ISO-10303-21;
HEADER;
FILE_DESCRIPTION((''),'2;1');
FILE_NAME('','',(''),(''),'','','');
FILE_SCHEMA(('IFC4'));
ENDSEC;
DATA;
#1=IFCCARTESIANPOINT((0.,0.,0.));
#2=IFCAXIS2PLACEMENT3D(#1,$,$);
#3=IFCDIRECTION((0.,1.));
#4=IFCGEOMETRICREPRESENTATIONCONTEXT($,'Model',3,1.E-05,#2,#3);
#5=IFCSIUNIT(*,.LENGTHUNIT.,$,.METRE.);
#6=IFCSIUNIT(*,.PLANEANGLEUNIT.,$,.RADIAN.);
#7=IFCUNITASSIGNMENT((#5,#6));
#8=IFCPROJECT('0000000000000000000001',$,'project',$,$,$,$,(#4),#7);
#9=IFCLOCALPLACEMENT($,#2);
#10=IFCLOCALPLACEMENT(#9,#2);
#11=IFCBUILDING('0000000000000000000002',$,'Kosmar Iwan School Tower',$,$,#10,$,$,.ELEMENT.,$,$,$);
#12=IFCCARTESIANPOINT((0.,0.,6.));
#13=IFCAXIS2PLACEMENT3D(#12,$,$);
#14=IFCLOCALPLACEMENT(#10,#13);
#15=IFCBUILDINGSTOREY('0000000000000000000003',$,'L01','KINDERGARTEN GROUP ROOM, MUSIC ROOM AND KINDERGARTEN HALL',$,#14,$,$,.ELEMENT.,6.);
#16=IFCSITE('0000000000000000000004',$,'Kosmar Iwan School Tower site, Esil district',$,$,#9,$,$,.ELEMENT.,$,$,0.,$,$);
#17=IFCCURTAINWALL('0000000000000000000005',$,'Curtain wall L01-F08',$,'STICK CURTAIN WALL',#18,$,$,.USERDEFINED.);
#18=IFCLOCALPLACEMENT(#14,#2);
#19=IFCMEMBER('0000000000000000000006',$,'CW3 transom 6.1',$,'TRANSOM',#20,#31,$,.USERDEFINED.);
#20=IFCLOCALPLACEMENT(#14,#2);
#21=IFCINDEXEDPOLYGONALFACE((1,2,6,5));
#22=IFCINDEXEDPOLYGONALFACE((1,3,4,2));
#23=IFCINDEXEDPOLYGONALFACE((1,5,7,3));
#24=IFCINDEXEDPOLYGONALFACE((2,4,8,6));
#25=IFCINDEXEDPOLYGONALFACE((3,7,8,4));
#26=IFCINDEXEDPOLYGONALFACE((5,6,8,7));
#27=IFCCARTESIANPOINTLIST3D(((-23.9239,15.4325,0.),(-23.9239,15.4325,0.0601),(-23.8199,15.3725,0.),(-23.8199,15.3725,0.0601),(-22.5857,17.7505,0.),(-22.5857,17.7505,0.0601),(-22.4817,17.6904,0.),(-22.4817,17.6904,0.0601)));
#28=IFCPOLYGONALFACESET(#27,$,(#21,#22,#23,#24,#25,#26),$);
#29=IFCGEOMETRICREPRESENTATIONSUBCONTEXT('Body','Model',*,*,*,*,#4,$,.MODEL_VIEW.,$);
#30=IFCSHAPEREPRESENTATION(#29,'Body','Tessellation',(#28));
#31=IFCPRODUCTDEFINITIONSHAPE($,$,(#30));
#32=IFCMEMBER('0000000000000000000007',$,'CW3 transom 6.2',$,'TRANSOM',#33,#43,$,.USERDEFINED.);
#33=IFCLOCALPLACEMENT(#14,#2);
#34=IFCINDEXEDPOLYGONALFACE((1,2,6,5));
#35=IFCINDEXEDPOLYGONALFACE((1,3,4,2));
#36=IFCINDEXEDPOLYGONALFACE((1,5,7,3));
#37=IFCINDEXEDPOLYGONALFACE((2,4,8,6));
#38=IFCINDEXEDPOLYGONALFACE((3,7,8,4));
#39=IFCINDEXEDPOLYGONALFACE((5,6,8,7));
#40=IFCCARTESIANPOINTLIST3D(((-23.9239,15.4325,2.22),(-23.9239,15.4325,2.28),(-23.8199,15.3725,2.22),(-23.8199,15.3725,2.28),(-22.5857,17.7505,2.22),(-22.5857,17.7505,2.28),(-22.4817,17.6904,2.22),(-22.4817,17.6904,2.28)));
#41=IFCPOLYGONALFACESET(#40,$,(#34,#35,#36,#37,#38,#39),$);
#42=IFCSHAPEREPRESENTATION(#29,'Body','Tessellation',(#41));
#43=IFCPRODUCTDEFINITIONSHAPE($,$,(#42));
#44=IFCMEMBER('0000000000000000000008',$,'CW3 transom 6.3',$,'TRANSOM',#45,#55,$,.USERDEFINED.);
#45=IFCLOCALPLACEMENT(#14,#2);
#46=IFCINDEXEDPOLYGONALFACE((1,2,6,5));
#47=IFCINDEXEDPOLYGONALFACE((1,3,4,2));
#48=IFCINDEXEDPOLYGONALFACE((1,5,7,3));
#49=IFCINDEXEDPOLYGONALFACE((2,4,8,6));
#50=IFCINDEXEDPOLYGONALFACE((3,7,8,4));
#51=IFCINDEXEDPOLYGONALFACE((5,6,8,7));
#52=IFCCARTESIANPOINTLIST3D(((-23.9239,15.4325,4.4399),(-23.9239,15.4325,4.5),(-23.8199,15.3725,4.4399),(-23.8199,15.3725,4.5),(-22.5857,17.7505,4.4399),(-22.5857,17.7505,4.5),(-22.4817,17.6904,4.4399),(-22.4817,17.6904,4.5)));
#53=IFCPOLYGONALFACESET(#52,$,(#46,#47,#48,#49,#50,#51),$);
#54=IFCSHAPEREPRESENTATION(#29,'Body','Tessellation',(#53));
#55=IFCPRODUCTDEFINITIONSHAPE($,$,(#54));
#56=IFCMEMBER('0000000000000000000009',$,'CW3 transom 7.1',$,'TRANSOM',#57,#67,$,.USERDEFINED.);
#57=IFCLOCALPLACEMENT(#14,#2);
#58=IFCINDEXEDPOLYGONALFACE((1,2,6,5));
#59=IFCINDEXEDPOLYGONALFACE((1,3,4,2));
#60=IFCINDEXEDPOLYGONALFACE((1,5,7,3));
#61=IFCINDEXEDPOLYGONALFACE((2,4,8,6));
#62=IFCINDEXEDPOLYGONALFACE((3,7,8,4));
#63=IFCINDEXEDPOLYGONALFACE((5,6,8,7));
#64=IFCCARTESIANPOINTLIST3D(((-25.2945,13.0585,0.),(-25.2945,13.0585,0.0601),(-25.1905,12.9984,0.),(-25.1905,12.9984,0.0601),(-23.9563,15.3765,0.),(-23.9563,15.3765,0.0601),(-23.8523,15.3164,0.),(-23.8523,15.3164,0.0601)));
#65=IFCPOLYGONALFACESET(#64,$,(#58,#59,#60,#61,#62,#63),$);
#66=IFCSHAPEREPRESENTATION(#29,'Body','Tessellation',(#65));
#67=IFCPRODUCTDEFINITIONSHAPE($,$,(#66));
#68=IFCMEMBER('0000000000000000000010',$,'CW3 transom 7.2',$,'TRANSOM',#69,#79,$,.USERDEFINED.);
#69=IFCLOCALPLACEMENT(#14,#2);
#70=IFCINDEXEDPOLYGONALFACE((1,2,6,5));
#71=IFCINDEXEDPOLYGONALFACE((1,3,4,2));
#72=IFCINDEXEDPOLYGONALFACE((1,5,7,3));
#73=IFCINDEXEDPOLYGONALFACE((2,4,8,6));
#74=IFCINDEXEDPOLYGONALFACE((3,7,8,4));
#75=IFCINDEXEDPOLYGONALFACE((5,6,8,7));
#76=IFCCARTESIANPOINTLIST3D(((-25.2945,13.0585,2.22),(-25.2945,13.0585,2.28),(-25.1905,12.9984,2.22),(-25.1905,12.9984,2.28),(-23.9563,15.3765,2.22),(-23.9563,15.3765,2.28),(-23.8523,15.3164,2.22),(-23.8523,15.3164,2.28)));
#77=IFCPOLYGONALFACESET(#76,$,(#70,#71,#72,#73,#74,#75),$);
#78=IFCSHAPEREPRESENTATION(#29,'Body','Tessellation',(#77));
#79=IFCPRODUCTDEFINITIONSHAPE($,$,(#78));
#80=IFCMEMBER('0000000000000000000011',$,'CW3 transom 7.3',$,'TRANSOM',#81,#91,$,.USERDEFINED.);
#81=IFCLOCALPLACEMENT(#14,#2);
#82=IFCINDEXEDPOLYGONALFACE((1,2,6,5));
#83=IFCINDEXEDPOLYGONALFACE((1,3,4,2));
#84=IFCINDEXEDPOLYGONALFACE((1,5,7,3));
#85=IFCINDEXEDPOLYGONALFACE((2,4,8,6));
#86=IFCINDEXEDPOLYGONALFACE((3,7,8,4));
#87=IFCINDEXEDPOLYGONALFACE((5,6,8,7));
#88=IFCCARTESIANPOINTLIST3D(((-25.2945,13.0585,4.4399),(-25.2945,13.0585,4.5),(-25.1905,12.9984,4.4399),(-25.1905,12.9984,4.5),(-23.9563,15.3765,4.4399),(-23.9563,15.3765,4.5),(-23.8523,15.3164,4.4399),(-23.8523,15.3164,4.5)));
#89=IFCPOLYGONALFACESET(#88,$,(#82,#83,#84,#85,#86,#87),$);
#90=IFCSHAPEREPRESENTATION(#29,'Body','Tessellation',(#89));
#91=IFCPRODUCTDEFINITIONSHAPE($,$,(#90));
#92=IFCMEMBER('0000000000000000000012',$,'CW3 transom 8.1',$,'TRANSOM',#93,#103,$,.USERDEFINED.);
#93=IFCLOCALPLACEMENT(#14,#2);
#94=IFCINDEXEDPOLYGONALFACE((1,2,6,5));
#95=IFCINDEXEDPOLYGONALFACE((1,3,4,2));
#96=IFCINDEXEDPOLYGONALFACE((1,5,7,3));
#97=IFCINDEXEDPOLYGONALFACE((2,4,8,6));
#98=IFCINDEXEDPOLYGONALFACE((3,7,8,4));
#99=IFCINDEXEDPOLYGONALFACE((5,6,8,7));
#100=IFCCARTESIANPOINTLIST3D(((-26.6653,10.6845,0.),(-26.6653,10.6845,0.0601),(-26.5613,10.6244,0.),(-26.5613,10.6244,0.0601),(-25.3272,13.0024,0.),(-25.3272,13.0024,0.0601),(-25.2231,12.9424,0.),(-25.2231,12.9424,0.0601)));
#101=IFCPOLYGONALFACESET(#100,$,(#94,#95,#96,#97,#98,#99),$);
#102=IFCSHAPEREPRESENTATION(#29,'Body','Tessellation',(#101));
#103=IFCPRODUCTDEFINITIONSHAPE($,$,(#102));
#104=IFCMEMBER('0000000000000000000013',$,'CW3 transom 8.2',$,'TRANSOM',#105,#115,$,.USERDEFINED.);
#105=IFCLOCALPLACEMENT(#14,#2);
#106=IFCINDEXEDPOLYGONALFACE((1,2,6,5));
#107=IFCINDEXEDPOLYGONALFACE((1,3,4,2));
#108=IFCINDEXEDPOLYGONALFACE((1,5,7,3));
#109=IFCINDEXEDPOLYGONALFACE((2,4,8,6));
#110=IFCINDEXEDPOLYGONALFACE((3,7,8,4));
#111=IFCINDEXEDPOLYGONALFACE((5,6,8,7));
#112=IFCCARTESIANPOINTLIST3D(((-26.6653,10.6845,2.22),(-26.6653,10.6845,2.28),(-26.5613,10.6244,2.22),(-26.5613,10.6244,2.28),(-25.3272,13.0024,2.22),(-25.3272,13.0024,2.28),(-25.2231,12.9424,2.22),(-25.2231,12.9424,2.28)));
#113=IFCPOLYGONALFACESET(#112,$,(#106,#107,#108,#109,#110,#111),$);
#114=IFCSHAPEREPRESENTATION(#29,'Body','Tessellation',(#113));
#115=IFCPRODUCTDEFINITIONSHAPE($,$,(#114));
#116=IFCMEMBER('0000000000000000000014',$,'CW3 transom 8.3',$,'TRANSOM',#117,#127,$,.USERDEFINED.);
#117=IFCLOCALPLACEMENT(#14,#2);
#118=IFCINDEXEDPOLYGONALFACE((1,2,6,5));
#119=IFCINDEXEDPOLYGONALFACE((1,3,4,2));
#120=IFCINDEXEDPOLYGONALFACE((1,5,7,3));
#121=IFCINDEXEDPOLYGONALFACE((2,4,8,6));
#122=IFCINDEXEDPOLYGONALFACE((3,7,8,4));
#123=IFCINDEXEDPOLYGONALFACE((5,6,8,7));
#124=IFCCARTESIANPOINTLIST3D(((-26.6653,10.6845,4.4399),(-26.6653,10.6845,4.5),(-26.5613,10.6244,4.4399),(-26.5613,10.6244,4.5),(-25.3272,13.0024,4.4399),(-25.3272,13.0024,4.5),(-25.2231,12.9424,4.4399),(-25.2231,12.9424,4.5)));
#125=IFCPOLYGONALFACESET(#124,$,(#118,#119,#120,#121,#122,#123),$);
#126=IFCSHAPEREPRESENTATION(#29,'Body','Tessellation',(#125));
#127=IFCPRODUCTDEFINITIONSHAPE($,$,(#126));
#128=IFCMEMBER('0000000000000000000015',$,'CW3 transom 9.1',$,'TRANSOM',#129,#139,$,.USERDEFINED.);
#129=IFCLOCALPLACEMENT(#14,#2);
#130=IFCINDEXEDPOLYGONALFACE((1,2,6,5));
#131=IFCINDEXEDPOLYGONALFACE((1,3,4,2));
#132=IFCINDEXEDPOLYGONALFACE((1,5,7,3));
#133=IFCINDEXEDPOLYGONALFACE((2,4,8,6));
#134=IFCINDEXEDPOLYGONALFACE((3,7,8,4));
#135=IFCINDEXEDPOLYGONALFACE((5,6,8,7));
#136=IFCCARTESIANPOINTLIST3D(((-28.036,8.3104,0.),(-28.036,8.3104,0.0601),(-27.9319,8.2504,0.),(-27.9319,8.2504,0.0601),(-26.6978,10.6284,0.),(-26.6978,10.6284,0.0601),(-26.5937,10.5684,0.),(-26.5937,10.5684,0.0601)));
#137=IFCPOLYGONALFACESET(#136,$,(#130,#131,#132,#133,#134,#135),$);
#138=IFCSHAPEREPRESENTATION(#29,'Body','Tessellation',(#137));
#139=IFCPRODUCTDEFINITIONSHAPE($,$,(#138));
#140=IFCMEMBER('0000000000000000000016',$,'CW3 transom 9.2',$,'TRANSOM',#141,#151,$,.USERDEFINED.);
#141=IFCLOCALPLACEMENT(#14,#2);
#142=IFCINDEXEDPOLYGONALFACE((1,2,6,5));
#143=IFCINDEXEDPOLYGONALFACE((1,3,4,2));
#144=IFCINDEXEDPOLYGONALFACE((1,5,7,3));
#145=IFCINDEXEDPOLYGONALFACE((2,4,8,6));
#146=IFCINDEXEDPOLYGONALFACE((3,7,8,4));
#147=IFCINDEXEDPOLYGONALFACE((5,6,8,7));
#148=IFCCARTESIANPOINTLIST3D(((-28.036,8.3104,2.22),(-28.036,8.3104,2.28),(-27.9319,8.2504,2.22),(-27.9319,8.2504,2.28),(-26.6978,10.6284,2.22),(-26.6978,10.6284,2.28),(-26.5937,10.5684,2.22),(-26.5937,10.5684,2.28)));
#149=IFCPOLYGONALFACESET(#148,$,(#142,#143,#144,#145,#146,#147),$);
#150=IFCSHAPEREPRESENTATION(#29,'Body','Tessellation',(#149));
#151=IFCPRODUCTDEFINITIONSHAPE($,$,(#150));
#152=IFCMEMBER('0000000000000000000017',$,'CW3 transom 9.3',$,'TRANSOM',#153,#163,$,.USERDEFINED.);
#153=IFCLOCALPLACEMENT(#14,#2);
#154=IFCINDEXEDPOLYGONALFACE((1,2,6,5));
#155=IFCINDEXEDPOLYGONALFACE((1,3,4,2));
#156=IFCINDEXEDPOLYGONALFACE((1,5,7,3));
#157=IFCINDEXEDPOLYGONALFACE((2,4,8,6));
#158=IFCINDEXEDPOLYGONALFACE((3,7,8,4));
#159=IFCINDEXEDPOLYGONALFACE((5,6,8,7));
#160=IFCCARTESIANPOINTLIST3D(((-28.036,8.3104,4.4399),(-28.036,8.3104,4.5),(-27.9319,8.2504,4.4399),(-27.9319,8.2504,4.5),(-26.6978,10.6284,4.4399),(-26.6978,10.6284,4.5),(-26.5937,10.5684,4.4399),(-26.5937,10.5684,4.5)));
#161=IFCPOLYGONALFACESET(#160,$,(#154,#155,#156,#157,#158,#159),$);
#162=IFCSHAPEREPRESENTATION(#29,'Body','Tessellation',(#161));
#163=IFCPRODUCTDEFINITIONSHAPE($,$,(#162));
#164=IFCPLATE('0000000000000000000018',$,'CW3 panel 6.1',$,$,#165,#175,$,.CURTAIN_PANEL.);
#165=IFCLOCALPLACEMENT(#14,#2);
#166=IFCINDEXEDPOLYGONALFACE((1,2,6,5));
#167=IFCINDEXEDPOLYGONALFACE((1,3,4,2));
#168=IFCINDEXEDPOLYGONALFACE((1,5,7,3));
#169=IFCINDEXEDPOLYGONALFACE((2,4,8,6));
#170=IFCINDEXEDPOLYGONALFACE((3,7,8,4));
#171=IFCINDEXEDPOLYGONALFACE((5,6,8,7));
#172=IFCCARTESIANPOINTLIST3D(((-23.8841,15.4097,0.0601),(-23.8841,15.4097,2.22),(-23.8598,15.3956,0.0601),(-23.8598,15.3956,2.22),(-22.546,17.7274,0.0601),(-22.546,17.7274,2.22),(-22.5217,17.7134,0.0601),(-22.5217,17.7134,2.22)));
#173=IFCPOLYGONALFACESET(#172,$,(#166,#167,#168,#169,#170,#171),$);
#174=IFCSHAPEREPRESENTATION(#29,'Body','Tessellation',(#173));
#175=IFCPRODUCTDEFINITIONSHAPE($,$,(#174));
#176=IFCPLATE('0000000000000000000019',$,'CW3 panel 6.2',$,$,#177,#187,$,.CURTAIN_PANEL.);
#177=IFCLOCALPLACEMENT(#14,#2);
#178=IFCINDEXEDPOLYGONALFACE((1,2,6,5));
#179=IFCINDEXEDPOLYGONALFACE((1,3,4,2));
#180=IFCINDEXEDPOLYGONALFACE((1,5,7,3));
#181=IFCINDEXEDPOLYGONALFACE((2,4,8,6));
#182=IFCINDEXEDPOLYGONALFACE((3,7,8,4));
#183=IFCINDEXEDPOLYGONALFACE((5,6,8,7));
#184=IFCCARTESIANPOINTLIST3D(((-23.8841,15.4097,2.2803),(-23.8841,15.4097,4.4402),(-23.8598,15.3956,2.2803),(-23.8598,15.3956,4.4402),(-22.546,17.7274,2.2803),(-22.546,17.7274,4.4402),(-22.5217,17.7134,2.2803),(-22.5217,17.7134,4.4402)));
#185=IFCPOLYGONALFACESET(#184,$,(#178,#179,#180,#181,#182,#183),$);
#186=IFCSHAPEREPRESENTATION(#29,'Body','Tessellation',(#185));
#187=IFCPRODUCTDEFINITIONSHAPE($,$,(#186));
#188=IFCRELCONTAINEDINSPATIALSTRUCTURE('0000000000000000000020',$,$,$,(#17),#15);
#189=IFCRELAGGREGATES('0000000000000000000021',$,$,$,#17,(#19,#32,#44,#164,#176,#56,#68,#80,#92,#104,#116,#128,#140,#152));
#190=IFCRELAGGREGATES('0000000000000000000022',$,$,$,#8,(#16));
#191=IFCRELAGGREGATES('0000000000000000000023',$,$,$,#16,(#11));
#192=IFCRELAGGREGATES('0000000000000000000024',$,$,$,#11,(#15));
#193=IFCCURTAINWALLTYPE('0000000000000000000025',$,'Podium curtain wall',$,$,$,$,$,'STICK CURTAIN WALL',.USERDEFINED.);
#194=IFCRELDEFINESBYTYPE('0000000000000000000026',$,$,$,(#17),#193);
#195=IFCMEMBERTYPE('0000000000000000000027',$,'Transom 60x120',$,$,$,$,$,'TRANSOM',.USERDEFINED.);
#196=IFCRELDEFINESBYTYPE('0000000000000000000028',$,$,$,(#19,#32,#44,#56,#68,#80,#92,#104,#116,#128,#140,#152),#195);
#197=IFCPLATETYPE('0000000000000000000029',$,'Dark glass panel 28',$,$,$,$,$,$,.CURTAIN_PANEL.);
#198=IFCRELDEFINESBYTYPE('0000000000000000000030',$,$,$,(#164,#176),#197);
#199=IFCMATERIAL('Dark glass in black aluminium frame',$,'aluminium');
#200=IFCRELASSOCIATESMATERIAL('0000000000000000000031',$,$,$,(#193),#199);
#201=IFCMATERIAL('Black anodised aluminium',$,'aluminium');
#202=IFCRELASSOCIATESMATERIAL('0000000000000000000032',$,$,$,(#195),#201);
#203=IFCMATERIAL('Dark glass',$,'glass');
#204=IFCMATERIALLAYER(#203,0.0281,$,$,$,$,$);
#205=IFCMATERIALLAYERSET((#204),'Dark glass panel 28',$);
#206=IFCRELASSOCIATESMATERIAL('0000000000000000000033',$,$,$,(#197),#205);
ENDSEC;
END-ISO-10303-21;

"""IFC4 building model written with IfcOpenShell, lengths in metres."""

from ifc_helpers import new_model, si_unit, direction, frame, origin, origin_2d, place, context, subcontext, project, spatial, rectangle, extrude, material, layer, layer_set, material_profile, profile_set, type_object, element, aggregate, save


model = new_model("IFC4")

# Units and contexts
model_context = context("Model", 3, precision=1e-05, world=origin(), true_north=direction((0.0, 1.0)))
body_context = subcontext(model_context, "Body", "Model", "MODEL_VIEW")
ifc_project = project(units=[si_unit("LENGTHUNIT", "METRE"), si_unit("PLANEANGLEUNIT", "RADIAN")], contexts=[model_context])

# Site, building, storey
site_placement = place(None, origin())
site = spatial("IfcSite", under=ifc_project, at=site_placement, Name="Kosmar Iwan School Tower site, Esil district", CompositionType="ELEMENT", RefElevation=0.0)
building_placement = place(site_placement, origin())
building = spatial("IfcBuilding", under=site, at=building_placement, Name="Kosmar Iwan School Tower", CompositionType="ELEMENT")
storey_placement = place(building_placement, frame((0.0, 0.0, 6.0)))
storey = spatial("IfcBuildingStorey", under=building, at=storey_placement, Name="L01", Description="KINDERGARTEN GROUP ROOM, MUSIC ROOM AND KINDERGARTEN HALL", CompositionType="ELEMENT", Elevation=6.0)

# Curtain wall, members, plates
ifc_material_1 = material(Name="Dark glass in black aluminium frame", Category="aluminium")
curtain_wall_type = type_object("IfcCurtainWallType", Name="Podium curtain wall", ElementType="STICK CURTAIN WALL", PredefinedType="USERDEFINED", material=ifc_material_1)
curtain_wall_placement = place(storey_placement, origin())
curtain_wall = element("IfcCurtainWall", 1, at=curtain_wall_placement, inside=storey, type_object=curtain_wall_type, Name="Curtain wall L01-F08", ObjectType="STICK CURTAIN WALL", PredefinedType="USERDEFINED")
ifc_material_2 = material(Name="Black anodised aluminium", Category="aluminium")
ifc_material_profile_1 = material_profile(ifc_material_2, rectangle(XDim=0.1201, YDim=0.0601, at=origin_2d()), Name="TRANSOM 60x120")
ifc_profile_set_1 = profile_set([ifc_material_profile_1], Name="Black anodised aluminium")
member_type_1 = type_object("IfcMemberType", Name="Transom 60x120", ElementType="TRANSOM", PredefinedType="USERDEFINED", material=ifc_profile_set_1)
member_1_placement = place(storey_placement, frame((-22.5337, 17.7205, 0.03), z_axis=(-0.499975, -0.86604, 0.0), x_axis=(0.86604, -0.499975, 0.0)))
member_1 = element("IfcMember", 2, at=member_1_placement, type_object=member_type_1, Name="CW3 transom 6.1", ObjectType="TRANSOM", PredefinedType="USERDEFINED", context=body_context, shape_type="SweptSolid", body=[
    extrude(rectangle(XDim=0.1201, YDim=0.0601, at=origin_2d()), origin(), (0.0, 0.0, 1.0), 2.6765),
])
member_2_placement = place(storey_placement, frame((-22.5337, 17.7205, 2.25), z_axis=(-0.499975, -0.86604, 0.0), x_axis=(0.86604, -0.499975, 0.0)))
member_2 = element("IfcMember", 3, at=member_2_placement, type_object=member_type_1, Name="CW3 transom 6.2", ObjectType="TRANSOM", PredefinedType="USERDEFINED", context=body_context, shape_type="SweptSolid", body=[
    extrude(rectangle(XDim=0.1201, YDim=0.0601, at=origin_2d()), origin(), (0.0, 0.0, 1.0), 2.6765),
])
member_3_placement = place(storey_placement, frame((-22.5337, 17.7205, 4.47), z_axis=(-0.499975, -0.86604, 0.0), x_axis=(0.86604, -0.499975, 0.0)))
member_3 = element("IfcMember", 4, at=member_3_placement, type_object=member_type_1, Name="CW3 transom 6.3", ObjectType="TRANSOM", PredefinedType="USERDEFINED", context=body_context, shape_type="SweptSolid", body=[
    extrude(rectangle(XDim=0.1201, YDim=0.0601, at=origin_2d()), origin(), (0.0, 0.0, 1.0), 2.6765),
])
member_4_placement = place(storey_placement, frame((-23.9043, 15.3464, 0.03), z_axis=(-0.499975, -0.86604, 0.0), x_axis=(0.86604, -0.499975, 0.0)))
member_4 = element("IfcMember", 5, at=member_4_placement, type_object=member_type_1, Name="CW3 transom 7.1", ObjectType="TRANSOM", PredefinedType="USERDEFINED", context=body_context, shape_type="SweptSolid", body=[
    extrude(rectangle(XDim=0.1201, YDim=0.0601, at=origin_2d()), origin(), (0.0, 0.0, 1.0), 2.6765),
])
member_5_placement = place(storey_placement, frame((-23.9043, 15.3464, 2.25), z_axis=(-0.499975, -0.86604, 0.0), x_axis=(0.86604, -0.499975, 0.0)))
member_5 = element("IfcMember", 6, at=member_5_placement, type_object=member_type_1, Name="CW3 transom 7.2", ObjectType="TRANSOM", PredefinedType="USERDEFINED", context=body_context, shape_type="SweptSolid", body=[
    extrude(rectangle(XDim=0.1201, YDim=0.0601, at=origin_2d()), origin(), (0.0, 0.0, 1.0), 2.6765),
])
member_6_placement = place(storey_placement, frame((-23.9043, 15.3464, 4.47), z_axis=(-0.499975, -0.86604, 0.0), x_axis=(0.86604, -0.499975, 0.0)))
member_6 = element("IfcMember", 7, at=member_6_placement, type_object=member_type_1, Name="CW3 transom 7.3", ObjectType="TRANSOM", PredefinedType="USERDEFINED", context=body_context, shape_type="SweptSolid", body=[
    extrude(rectangle(XDim=0.1201, YDim=0.0601, at=origin_2d()), origin(), (0.0, 0.0, 1.0), 2.6765),
])
member_7_placement = place(storey_placement, frame((-25.2751, 12.9724, 0.03), z_axis=(-0.499975, -0.86604, 0.0), x_axis=(0.86604, -0.499975, 0.0)))
member_7 = element("IfcMember", 8, at=member_7_placement, type_object=member_type_1, Name="CW3 transom 8.1", ObjectType="TRANSOM", PredefinedType="USERDEFINED", context=body_context, shape_type="SweptSolid", body=[
    extrude(rectangle(XDim=0.1201, YDim=0.0601, at=origin_2d()), origin(), (0.0, 0.0, 1.0), 2.6765),
])
member_8_placement = place(storey_placement, frame((-25.2751, 12.9724, 2.25), z_axis=(-0.499975, -0.86604, 0.0), x_axis=(0.86604, -0.499975, 0.0)))
member_8 = element("IfcMember", 9, at=member_8_placement, type_object=member_type_1, Name="CW3 transom 8.2", ObjectType="TRANSOM", PredefinedType="USERDEFINED", context=body_context, shape_type="SweptSolid", body=[
    extrude(rectangle(XDim=0.1201, YDim=0.0601, at=origin_2d()), origin(), (0.0, 0.0, 1.0), 2.6765),
])
member_9_placement = place(storey_placement, frame((-25.2751, 12.9724, 4.47), z_axis=(-0.499975, -0.86604, 0.0), x_axis=(0.86604, -0.499975, 0.0)))
member_9 = element("IfcMember", 10, at=member_9_placement, type_object=member_type_1, Name="CW3 transom 8.3", ObjectType="TRANSOM", PredefinedType="USERDEFINED", context=body_context, shape_type="SweptSolid", body=[
    extrude(rectangle(XDim=0.1201, YDim=0.0601, at=origin_2d()), origin(), (0.0, 0.0, 1.0), 2.6765),
])
member_10_placement = place(storey_placement, frame((-26.6458, 10.5984, 0.03), z_axis=(-0.499975, -0.86604, 0.0), x_axis=(0.86604, -0.499975, 0.0)))
member_10 = element("IfcMember", 11, at=member_10_placement, type_object=member_type_1, Name="CW3 transom 9.1", ObjectType="TRANSOM", PredefinedType="USERDEFINED", context=body_context, shape_type="SweptSolid", body=[
    extrude(rectangle(XDim=0.1201, YDim=0.0601, at=origin_2d()), origin(), (0.0, 0.0, 1.0), 2.6765),
])
member_11_placement = place(storey_placement, frame((-26.6458, 10.5984, 2.25), z_axis=(-0.499975, -0.86604, 0.0), x_axis=(0.86604, -0.499975, 0.0)))
member_11 = element("IfcMember", 12, at=member_11_placement, type_object=member_type_1, Name="CW3 transom 9.2", ObjectType="TRANSOM", PredefinedType="USERDEFINED", context=body_context, shape_type="SweptSolid", body=[
    extrude(rectangle(XDim=0.1201, YDim=0.0601, at=origin_2d()), origin(), (0.0, 0.0, 1.0), 2.6765),
])
member_12_placement = place(storey_placement, frame((-26.6458, 10.5984, 4.47), z_axis=(-0.499975, -0.86604, 0.0), x_axis=(0.86604, -0.499975, 0.0)))
member_12 = element("IfcMember", 13, at=member_12_placement, type_object=member_type_1, Name="CW3 transom 9.3", ObjectType="TRANSOM", PredefinedType="USERDEFINED", context=body_context, shape_type="SweptSolid", body=[
    extrude(rectangle(XDim=0.1201, YDim=0.0601, at=origin_2d()), origin(), (0.0, 0.0, 1.0), 2.6765),
])
ifc_material_3 = material(Name="Dark glass", Category="glass")
ifc_layer = layer(ifc_material_3, 0.0281)
ifc_layer_set = layer_set([ifc_layer], Name="Dark glass panel 28")
plate_type = type_object("IfcPlateType", Name="Dark glass panel 28", PredefinedType="CURTAIN_PANEL", material=ifc_layer_set)
plate_1_placement = place(storey_placement, frame((-23.2029, 16.5615, 0.0601), z_axis=(0.0, 0.0, 1.0), x_axis=(-0.5, -0.866025, 0.0)))
plate_1 = element("IfcPlate", 14, at=plate_1_placement, type_object=plate_type, Name="CW3 panel 6.1", PredefinedType="CURTAIN_PANEL", context=body_context, shape_type="SweptSolid", body=[
    extrude(rectangle(XDim=2.6763, YDim=0.0281, at=origin_2d()), origin(), (0.0, 0.0, 1.0), 2.1599),
])
plate_2_placement = place(storey_placement, frame((-23.2029, 16.5615, 2.2803), z_axis=(0.0, 0.0, 1.0), x_axis=(-0.5, -0.866025, 0.0)))
plate_2 = element("IfcPlate", 15, at=plate_2_placement, type_object=plate_type, Name="CW3 panel 6.2", PredefinedType="CURTAIN_PANEL", context=body_context, shape_type="SweptSolid", body=[
    extrude(rectangle(XDim=2.6763, YDim=0.0281, at=origin_2d()), origin(), (0.0, 0.0, 1.0), 2.1599),
])
aggregate(curtain_wall, [member_1, member_2, member_3, plate_1, plate_2, member_4, member_5, member_6, member_7, member_8, member_9, member_10, member_11, member_12])

save(model, "model.ifc")
